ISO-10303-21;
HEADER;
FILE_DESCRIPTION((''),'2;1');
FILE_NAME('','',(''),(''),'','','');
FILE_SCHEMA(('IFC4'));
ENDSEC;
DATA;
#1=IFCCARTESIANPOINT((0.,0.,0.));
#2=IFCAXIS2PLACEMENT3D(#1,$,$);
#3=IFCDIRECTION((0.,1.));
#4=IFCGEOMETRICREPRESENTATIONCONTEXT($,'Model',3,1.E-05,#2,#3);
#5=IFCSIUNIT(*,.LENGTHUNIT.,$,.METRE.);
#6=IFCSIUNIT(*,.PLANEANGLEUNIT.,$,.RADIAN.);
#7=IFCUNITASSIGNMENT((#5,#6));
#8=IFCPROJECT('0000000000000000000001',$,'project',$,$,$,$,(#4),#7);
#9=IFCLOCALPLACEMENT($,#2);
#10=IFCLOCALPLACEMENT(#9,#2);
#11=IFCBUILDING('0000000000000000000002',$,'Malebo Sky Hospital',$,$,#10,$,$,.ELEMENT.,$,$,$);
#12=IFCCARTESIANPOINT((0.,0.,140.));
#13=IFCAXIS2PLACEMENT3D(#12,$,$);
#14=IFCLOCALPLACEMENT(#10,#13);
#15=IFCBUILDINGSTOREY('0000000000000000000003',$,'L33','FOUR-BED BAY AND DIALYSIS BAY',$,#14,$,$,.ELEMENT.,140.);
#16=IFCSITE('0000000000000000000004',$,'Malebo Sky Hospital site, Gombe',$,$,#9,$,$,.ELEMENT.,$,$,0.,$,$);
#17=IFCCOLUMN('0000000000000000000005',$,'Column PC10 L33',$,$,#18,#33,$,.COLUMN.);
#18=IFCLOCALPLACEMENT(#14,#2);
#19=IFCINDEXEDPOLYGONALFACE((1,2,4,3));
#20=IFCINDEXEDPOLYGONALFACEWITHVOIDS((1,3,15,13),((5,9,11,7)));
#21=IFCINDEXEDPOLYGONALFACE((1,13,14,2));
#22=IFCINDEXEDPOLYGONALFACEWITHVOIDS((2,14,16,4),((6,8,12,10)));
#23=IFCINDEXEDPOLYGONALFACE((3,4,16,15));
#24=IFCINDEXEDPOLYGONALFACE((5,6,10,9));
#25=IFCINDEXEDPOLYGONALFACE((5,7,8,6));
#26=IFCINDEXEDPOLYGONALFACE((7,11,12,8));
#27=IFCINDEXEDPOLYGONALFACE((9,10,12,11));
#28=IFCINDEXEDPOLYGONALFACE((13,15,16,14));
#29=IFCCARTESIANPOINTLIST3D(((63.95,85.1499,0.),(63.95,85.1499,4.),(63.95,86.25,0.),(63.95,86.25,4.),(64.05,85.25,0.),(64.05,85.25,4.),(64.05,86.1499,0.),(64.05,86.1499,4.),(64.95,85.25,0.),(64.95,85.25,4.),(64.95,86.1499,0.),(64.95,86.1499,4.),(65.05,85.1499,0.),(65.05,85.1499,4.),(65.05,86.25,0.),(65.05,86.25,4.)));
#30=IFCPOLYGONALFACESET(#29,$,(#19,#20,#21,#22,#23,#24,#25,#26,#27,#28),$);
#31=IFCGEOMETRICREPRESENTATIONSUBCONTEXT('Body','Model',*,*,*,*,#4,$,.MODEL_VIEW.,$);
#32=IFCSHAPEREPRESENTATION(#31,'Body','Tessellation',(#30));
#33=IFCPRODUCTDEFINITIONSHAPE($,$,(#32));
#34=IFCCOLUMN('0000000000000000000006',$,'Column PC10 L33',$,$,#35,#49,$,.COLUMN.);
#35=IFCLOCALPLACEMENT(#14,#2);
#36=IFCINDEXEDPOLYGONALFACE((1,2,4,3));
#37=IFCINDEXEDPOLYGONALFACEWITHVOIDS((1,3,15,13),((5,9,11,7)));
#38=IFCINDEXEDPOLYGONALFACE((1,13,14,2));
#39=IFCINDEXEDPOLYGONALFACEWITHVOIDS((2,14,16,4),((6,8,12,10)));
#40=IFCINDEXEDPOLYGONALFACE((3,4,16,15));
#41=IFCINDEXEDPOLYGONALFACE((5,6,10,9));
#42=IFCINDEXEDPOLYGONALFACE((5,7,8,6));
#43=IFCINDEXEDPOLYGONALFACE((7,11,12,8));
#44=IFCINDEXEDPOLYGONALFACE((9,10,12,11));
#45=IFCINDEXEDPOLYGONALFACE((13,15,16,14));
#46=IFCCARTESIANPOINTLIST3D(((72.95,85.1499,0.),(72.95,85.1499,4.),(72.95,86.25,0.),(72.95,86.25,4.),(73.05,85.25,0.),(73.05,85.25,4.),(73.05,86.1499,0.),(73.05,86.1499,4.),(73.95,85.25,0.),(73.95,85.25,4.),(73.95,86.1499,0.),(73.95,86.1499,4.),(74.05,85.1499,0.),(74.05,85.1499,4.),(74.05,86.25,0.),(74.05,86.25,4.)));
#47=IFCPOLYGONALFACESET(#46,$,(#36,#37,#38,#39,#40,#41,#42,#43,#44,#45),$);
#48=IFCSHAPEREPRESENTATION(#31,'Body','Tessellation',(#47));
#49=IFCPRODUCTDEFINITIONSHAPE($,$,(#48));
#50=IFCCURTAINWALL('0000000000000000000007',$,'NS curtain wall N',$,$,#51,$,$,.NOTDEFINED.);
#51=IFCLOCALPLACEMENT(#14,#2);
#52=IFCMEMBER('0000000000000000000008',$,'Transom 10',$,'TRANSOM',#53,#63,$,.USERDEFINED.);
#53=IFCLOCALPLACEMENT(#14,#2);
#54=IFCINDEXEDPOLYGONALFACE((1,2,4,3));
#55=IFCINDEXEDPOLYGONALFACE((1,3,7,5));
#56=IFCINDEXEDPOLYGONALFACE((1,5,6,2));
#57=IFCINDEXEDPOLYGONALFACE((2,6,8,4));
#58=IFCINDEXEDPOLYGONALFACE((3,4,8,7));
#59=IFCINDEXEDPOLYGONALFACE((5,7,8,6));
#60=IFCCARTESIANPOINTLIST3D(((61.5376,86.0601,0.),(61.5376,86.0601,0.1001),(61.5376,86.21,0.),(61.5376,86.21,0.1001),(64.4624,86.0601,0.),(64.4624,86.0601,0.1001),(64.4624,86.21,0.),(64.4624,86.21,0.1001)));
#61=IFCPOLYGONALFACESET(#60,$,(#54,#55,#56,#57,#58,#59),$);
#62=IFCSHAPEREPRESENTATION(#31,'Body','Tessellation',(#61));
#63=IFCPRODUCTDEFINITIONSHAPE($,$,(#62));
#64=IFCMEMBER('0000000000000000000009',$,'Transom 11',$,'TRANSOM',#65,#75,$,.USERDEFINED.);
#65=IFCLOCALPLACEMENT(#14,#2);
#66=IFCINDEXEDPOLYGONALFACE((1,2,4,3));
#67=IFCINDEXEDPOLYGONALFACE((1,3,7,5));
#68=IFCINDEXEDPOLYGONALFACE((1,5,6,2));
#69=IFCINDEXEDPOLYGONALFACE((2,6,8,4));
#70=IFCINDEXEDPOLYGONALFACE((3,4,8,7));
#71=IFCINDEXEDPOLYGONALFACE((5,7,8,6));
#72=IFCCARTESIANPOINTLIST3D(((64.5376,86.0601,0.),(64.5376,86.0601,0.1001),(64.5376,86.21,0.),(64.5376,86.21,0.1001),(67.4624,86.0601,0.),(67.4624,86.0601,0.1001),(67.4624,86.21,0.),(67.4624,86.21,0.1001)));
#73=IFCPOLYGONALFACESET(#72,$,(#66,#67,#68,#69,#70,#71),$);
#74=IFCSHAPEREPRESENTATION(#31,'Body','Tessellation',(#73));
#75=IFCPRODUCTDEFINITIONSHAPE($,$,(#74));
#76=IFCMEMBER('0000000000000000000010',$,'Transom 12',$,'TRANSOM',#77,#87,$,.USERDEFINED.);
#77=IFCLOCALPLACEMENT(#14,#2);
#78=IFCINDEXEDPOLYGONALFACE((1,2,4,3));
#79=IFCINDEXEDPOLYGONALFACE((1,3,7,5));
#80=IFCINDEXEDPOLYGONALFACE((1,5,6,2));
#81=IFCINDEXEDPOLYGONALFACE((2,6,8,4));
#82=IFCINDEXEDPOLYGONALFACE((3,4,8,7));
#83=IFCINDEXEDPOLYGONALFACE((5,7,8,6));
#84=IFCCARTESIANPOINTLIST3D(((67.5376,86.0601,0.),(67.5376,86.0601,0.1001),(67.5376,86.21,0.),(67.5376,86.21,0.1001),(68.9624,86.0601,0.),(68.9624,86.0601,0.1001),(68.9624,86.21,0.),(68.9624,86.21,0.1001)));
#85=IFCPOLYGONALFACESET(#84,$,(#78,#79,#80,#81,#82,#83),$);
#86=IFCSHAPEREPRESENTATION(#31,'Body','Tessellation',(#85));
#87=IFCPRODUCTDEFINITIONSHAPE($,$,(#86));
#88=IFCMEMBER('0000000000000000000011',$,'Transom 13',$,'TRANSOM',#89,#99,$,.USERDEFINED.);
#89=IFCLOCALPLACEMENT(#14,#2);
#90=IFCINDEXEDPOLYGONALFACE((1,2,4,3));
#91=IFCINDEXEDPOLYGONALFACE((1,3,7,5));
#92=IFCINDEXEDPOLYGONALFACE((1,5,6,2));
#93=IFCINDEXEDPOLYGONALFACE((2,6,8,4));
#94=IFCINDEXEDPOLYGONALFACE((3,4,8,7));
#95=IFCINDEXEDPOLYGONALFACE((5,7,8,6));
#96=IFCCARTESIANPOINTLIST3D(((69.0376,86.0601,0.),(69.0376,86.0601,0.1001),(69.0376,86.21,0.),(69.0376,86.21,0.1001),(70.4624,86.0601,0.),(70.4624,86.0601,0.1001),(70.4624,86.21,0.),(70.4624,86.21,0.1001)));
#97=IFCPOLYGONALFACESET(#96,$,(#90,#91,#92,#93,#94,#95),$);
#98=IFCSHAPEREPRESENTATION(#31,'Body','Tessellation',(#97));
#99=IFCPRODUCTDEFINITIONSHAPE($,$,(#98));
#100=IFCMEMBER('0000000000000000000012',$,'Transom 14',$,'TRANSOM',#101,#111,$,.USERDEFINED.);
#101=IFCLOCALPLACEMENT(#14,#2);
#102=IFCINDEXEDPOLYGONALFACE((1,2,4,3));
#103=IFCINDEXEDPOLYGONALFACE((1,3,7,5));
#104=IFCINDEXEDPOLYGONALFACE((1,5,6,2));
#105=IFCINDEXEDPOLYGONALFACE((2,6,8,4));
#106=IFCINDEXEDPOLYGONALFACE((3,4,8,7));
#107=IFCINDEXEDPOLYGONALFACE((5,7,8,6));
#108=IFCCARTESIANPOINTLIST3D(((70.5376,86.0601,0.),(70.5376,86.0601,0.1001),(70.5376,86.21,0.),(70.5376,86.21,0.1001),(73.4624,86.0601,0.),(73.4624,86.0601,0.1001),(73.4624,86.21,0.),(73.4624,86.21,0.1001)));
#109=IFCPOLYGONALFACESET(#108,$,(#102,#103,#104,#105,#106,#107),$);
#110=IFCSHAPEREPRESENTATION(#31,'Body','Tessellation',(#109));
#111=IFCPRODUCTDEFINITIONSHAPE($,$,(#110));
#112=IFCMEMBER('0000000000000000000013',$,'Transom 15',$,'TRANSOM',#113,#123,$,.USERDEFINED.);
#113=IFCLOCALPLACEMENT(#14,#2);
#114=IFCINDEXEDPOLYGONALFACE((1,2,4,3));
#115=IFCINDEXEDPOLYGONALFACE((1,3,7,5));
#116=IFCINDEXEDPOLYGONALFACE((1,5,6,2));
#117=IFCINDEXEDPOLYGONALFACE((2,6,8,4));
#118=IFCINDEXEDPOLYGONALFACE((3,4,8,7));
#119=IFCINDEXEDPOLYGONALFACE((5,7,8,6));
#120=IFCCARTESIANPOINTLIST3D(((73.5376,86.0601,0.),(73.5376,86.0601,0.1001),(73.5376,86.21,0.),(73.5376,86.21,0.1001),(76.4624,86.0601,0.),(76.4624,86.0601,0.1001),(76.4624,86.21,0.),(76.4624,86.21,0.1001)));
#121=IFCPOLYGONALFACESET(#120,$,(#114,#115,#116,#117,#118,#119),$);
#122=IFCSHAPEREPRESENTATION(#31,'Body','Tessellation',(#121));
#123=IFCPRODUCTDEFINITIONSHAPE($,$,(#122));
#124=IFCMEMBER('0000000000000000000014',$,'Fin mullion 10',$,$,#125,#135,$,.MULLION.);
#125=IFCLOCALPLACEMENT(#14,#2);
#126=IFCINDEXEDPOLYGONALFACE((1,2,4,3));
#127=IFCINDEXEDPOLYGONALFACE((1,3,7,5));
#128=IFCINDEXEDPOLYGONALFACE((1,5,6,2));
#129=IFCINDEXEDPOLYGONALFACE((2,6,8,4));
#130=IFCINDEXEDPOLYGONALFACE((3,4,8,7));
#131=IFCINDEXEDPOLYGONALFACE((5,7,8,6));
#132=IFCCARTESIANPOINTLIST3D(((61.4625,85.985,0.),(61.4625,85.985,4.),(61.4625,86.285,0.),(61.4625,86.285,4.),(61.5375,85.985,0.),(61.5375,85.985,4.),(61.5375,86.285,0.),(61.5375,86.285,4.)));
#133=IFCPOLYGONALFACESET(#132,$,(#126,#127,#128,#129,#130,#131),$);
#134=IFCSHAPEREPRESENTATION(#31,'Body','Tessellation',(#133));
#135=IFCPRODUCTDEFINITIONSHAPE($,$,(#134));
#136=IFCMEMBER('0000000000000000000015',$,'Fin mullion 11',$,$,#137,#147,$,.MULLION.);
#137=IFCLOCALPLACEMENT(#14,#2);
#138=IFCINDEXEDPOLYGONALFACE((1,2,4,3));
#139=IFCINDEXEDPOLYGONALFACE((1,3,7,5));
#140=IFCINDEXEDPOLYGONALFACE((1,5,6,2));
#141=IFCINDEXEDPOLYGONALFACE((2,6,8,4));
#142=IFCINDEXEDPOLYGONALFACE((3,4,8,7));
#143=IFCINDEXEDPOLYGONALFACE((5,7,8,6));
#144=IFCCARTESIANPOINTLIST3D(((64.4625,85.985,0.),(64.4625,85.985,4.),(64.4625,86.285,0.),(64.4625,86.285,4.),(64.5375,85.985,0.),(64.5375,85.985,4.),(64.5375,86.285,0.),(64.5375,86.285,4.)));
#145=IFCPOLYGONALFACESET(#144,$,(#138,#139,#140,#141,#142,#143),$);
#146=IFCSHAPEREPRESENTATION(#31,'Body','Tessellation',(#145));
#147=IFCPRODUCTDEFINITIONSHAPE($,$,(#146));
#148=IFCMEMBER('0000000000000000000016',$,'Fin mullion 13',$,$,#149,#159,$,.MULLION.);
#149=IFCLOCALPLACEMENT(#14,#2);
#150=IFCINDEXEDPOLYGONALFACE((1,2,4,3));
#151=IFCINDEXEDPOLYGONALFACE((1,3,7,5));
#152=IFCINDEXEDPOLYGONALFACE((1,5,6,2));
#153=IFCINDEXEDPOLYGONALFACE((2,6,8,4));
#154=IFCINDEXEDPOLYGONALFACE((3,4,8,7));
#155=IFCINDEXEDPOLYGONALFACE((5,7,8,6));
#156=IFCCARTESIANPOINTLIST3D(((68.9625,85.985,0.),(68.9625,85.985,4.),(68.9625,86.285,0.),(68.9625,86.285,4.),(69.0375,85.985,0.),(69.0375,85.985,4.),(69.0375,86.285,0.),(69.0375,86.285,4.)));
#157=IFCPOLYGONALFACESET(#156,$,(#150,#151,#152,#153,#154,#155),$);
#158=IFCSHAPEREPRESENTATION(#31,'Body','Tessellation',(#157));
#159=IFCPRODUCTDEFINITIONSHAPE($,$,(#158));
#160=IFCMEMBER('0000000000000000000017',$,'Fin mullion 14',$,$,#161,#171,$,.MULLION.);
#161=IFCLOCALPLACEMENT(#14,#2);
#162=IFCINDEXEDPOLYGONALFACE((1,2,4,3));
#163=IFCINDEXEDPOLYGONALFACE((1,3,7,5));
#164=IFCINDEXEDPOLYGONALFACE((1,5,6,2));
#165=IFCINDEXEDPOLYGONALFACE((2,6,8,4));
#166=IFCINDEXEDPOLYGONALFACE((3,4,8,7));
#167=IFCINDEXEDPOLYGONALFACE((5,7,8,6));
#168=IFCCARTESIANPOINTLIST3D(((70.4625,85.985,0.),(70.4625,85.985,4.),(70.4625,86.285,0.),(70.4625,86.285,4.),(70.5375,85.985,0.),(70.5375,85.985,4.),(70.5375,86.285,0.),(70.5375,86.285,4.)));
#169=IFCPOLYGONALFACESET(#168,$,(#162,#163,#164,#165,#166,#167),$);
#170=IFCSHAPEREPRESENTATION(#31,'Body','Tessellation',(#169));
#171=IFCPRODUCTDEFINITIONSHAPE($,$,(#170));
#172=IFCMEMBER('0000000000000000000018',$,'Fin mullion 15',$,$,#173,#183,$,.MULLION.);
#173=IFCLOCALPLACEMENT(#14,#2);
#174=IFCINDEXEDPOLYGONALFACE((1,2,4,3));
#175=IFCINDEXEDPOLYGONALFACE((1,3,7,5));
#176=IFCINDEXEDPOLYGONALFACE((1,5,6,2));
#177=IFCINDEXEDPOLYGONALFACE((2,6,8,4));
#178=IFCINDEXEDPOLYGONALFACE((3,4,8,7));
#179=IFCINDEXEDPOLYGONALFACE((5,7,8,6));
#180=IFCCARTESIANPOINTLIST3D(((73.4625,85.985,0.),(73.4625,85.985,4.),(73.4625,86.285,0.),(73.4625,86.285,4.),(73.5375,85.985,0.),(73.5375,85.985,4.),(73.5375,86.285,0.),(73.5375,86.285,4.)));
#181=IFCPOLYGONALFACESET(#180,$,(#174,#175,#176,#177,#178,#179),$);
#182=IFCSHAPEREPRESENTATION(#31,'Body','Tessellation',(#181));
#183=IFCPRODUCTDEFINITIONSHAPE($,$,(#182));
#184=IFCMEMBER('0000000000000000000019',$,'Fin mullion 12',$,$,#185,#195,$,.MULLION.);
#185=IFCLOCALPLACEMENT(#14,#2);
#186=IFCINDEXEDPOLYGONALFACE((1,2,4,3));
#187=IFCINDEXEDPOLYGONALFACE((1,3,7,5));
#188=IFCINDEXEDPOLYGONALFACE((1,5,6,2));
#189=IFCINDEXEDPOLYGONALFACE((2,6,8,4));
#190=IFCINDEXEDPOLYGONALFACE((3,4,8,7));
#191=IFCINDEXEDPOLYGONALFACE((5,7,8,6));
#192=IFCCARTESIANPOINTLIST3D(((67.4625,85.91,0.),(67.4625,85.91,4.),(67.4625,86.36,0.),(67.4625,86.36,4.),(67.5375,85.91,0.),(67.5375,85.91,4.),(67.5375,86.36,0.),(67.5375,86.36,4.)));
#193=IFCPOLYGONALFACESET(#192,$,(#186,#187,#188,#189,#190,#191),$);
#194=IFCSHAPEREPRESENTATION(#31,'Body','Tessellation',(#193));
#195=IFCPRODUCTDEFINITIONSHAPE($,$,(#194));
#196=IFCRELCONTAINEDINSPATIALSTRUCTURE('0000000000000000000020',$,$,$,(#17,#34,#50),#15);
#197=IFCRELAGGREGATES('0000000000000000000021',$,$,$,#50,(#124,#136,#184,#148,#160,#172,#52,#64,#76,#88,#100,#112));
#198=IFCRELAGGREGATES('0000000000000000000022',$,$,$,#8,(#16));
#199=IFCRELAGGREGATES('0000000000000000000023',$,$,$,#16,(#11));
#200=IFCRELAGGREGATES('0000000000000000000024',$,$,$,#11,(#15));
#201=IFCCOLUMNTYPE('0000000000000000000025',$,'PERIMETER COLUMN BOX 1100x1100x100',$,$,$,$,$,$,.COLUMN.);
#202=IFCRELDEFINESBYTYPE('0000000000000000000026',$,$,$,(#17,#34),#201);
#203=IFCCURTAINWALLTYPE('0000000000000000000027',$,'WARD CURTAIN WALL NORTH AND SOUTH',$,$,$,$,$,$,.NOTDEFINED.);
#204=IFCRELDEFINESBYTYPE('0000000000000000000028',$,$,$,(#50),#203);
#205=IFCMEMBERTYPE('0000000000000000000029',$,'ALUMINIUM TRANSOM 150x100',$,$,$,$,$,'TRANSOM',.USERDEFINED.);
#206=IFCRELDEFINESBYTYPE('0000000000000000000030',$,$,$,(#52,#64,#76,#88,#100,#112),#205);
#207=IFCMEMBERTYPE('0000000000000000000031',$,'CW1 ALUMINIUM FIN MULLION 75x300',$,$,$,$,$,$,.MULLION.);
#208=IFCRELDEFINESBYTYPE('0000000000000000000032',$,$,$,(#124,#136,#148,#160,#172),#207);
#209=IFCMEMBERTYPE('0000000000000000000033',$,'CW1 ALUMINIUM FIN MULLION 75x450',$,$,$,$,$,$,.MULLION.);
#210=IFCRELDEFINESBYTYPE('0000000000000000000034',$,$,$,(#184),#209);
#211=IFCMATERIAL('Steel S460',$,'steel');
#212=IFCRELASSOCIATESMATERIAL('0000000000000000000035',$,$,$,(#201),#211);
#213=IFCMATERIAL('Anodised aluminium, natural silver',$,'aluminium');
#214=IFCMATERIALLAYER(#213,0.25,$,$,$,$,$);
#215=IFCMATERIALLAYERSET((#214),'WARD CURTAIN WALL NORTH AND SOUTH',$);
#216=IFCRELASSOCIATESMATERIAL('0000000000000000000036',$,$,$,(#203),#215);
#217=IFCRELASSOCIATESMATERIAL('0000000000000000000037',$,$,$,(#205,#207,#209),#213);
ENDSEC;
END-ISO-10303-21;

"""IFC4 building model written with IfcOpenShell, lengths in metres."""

from ifc_helpers import new_model, si_unit, direction, frame, origin, origin_2d, place, context, subcontext, project, spatial, rectangle, hollow_rectangle, extrude, material, layer, layer_set, material_profile, profile_set, type_object, element, aggregate, save


model = new_model("IFC4")

# Units and contexts
model_context = context("Model", 3, precision=1e-05, world=origin(), true_north=direction((0.0, 1.0)))
body_context = subcontext(model_context, "Body", "Model", "MODEL_VIEW")
ifc_project = project(units=[si_unit("LENGTHUNIT", "METRE"), si_unit("PLANEANGLEUNIT", "RADIAN")], contexts=[model_context])

# Site, building, storey
site_placement = place(None, origin())
site = spatial("IfcSite", under=ifc_project, at=site_placement, Name="Malebo Sky Hospital site, Gombe", CompositionType="ELEMENT", RefElevation=0.0)
building_placement = place(site_placement, origin())
building = spatial("IfcBuilding", under=site, at=building_placement, Name="Malebo Sky Hospital", CompositionType="ELEMENT")
storey_placement = place(building_placement, frame((0.0, 0.0, 140.0)))
storey = spatial("IfcBuildingStorey", under=building, at=storey_placement, Name="L33", Description="FOUR-BED BAY AND DIALYSIS BAY", CompositionType="ELEMENT", Elevation=140.0)

# Columns
ifc_material_1 = material(Name="Steel S460", Category="steel")
ifc_material_profile_1 = material_profile(ifc_material_1, hollow_rectangle(XDim=1.1001, YDim=1.1001, WallThickness=0.1001, at=origin_2d()), Name="BOX 1100x1100x100")
ifc_profile_set_1 = profile_set([ifc_material_profile_1], Name="Steel S460")
column_type = type_object("IfcColumnType", Name="PERIMETER COLUMN BOX 1100x1100x100", PredefinedType="COLUMN", material=ifc_profile_set_1)
for number, where, z_axis, x_axis, name in (
    (1, (64.5, 85.7, 0.0), (0.0, 0.0, 1.0), (1.0, 0.0, 0.0), "Column PC10 L33"),
    (2, (73.5, 85.7, 0.0), (0.0, 0.0, 1.0), (1.0, 0.0, 0.0), "Column PC10 L33"),
):
    element("IfcColumn", number, at=place(storey_placement, frame(where, z_axis=z_axis, x_axis=x_axis)), inside=storey, type_object=column_type, Name=name, PredefinedType="COLUMN", context=body_context, shape_type="SweptSolid", body=[
        extrude(hollow_rectangle(XDim=1.1001, YDim=1.1001, WallThickness=0.1001, at=origin_2d()), origin(), (0.0, 0.0, 1.0), 4.0),
    ])

# Curtain wall, members
ifc_material_2 = material(Name="Anodised aluminium, natural silver", Category="aluminium")
ifc_layer_1 = layer(ifc_material_2, 0.25)
ifc_layer_set_1 = layer_set([ifc_layer_1], Name="WARD CURTAIN WALL NORTH AND SOUTH")
curtain_wall_type = type_object("IfcCurtainWallType", Name="WARD CURTAIN WALL NORTH AND SOUTH", PredefinedType="NOTDEFINED", material=ifc_layer_set_1)
curtain_wall_placement = place(storey_placement, origin())
curtain_wall = element("IfcCurtainWall", 3, at=curtain_wall_placement, inside=storey, type_object=curtain_wall_type, Name="NS curtain wall N", PredefinedType="NOTDEFINED")
ifc_material_profile_2 = material_profile(ifc_material_2, rectangle(XDim=0.1499, YDim=0.1001, at=origin_2d()), Name="ALUMINIUM TRANSOM 150x100")
ifc_profile_set_2 = profile_set([ifc_material_profile_2], Name="Anodised aluminium, natural silver")
member_type_1 = type_object("IfcMemberType", Name="ALUMINIUM TRANSOM 150x100", ElementType="TRANSOM", PredefinedType="USERDEFINED", material=ifc_profile_set_2)
member_1_placement = place(storey_placement, frame((61.5376, 86.135, 0.05), z_axis=(1.0, 0.0, 0.0), x_axis=(0.0, 1.0, 0.0)))
member_1 = element("IfcMember", 4, at=member_1_placement, type_object=member_type_1, Name="Transom 10", ObjectType="TRANSOM", PredefinedType="USERDEFINED", context=body_context, shape_type="SweptSolid", body=[
    extrude(rectangle(XDim=0.1499, YDim=0.1001, at=origin_2d()), origin(), (0.0, 0.0, 1.0), 2.9248),
])
member_2_placement = place(storey_placement, frame((64.5376, 86.135, 0.05), z_axis=(1.0, 0.0, 0.0), x_axis=(0.0, 1.0, 0.0)))
member_2 = element("IfcMember", 5, at=member_2_placement, type_object=member_type_1, Name="Transom 11", ObjectType="TRANSOM", PredefinedType="USERDEFINED", context=body_context, shape_type="SweptSolid", body=[
    extrude(rectangle(XDim=0.1499, YDim=0.1001, at=origin_2d()), origin(), (0.0, 0.0, 1.0), 2.9248),
])
member_3_placement = place(storey_placement, frame((67.5376, 86.135, 0.05), z_axis=(1.0, 0.0, 0.0), x_axis=(0.0, 1.0, 0.0)))
member_3 = element("IfcMember", 6, at=member_3_placement, type_object=member_type_1, Name="Transom 12", ObjectType="TRANSOM", PredefinedType="USERDEFINED", context=body_context, shape_type="SweptSolid", body=[
    extrude(rectangle(XDim=0.1499, YDim=0.1001, at=origin_2d()), origin(), (0.0, 0.0, 1.0), 1.4248),
])
member_4_placement = place(storey_placement, frame((69.0376, 86.135, 0.05), z_axis=(1.0, 0.0, 0.0), x_axis=(0.0, 1.0, 0.0)))
member_4 = element("IfcMember", 7, at=member_4_placement, type_object=member_type_1, Name="Transom 13", ObjectType="TRANSOM", PredefinedType="USERDEFINED", context=body_context, shape_type="SweptSolid", body=[
    extrude(rectangle(XDim=0.1499, YDim=0.1001, at=origin_2d()), origin(), (0.0, 0.0, 1.0), 1.4248),
])
member_5_placement = place(storey_placement, frame((70.5376, 86.135, 0.05), z_axis=(1.0, 0.0, 0.0), x_axis=(0.0, 1.0, 0.0)))
member_5 = element("IfcMember", 8, at=member_5_placement, type_object=member_type_1, Name="Transom 14", ObjectType="TRANSOM", PredefinedType="USERDEFINED", context=body_context, shape_type="SweptSolid", body=[
    extrude(rectangle(XDim=0.1499, YDim=0.1001, at=origin_2d()), origin(), (0.0, 0.0, 1.0), 2.9248),
])
member_6_placement = place(storey_placement, frame((73.5376, 86.135, 0.05), z_axis=(1.0, 0.0, 0.0), x_axis=(0.0, 1.0, 0.0)))
member_6 = element("IfcMember", 9, at=member_6_placement, type_object=member_type_1, Name="Transom 15", ObjectType="TRANSOM", PredefinedType="USERDEFINED", context=body_context, shape_type="SweptSolid", body=[
    extrude(rectangle(XDim=0.1499, YDim=0.1001, at=origin_2d()), origin(), (0.0, 0.0, 1.0), 2.9248),
])
ifc_material_profile_3 = material_profile(ifc_material_2, rectangle(XDim=0.075, YDim=0.3, at=origin_2d()), Name="CW1 ALUMINIUM FIN MULLION 75x300")
ifc_profile_set_3 = profile_set([ifc_material_profile_3], Name="Anodised aluminium, natural silver")
member_type_2 = type_object("IfcMemberType", Name="CW1 ALUMINIUM FIN MULLION 75x300", PredefinedType="MULLION", material=ifc_profile_set_3)
member_7_placement = place(storey_placement, frame((61.5, 86.135, 0.0), z_axis=(0.0, 0.0, 1.0), x_axis=(1.0, 0.0, 0.0)))
member_7 = element("IfcMember", 10, at=member_7_placement, type_object=member_type_2, Name="Fin mullion 10", PredefinedType="MULLION", context=body_context, shape_type="SweptSolid", body=[
    extrude(rectangle(XDim=0.075, YDim=0.3, at=origin_2d()), origin(), (0.0, 0.0, 1.0), 4.0),
])
member_8_placement = place(storey_placement, frame((64.5, 86.135, 0.0), z_axis=(0.0, 0.0, 1.0), x_axis=(1.0, 0.0, 0.0)))
member_8 = element("IfcMember", 11, at=member_8_placement, type_object=member_type_2, Name="Fin mullion 11", PredefinedType="MULLION", context=body_context, shape_type="SweptSolid", body=[
    extrude(rectangle(XDim=0.075, YDim=0.3, at=origin_2d()), origin(), (0.0, 0.0, 1.0), 4.0),
])
member_9_placement = place(storey_placement, frame((69.0, 86.135, 0.0), z_axis=(0.0, 0.0, 1.0), x_axis=(1.0, 0.0, 0.0)))
member_9 = element("IfcMember", 12, at=member_9_placement, type_object=member_type_2, Name="Fin mullion 13", PredefinedType="MULLION", context=body_context, shape_type="SweptSolid", body=[
    extrude(rectangle(XDim=0.075, YDim=0.3, at=origin_2d()), origin(), (0.0, 0.0, 1.0), 4.0),
])
member_10_placement = place(storey_placement, frame((70.5, 86.135, 0.0), z_axis=(0.0, 0.0, 1.0), x_axis=(1.0, 0.0, 0.0)))
member_10 = element("IfcMember", 13, at=member_10_placement, type_object=member_type_2, Name="Fin mullion 14", PredefinedType="MULLION", context=body_context, shape_type="SweptSolid", body=[
    extrude(rectangle(XDim=0.075, YDim=0.3, at=origin_2d()), origin(), (0.0, 0.0, 1.0), 4.0),
])
member_11_placement = place(storey_placement, frame((73.5, 86.135, 0.0), z_axis=(0.0, 0.0, 1.0), x_axis=(1.0, 0.0, 0.0)))
member_11 = element("IfcMember", 14, at=member_11_placement, type_object=member_type_2, Name="Fin mullion 15", PredefinedType="MULLION", context=body_context, shape_type="SweptSolid", body=[
    extrude(rectangle(XDim=0.075, YDim=0.3, at=origin_2d()), origin(), (0.0, 0.0, 1.0), 4.0),
])
ifc_material_profile_4 = material_profile(ifc_material_2, rectangle(XDim=0.075, YDim=0.45, at=origin_2d()), Name="CW1 ALUMINIUM FIN MULLION 75x450")
ifc_profile_set_4 = profile_set([ifc_material_profile_4], Name="Anodised aluminium, natural silver")
member_type_3 = type_object("IfcMemberType", Name="CW1 ALUMINIUM FIN MULLION 75x450", PredefinedType="MULLION", material=ifc_profile_set_4)
member_12_placement = place(storey_placement, frame((67.5, 86.135, 0.0), z_axis=(0.0, 0.0, 1.0), x_axis=(1.0, 0.0, 0.0)))
member_12 = element("IfcMember", 15, at=member_12_placement, type_object=member_type_3, Name="Fin mullion 12", PredefinedType="MULLION", context=body_context, shape_type="SweptSolid", body=[
    extrude(rectangle(XDim=0.075, YDim=0.45, at=origin_2d()), origin(), (0.0, 0.0, 1.0), 4.0),
])

aggregate(curtain_wall, [member_7, member_8, member_12, member_9, member_10, member_11, member_1, member_2, member_3, member_4, member_5, member_6])

save(model, "model.ifc")
